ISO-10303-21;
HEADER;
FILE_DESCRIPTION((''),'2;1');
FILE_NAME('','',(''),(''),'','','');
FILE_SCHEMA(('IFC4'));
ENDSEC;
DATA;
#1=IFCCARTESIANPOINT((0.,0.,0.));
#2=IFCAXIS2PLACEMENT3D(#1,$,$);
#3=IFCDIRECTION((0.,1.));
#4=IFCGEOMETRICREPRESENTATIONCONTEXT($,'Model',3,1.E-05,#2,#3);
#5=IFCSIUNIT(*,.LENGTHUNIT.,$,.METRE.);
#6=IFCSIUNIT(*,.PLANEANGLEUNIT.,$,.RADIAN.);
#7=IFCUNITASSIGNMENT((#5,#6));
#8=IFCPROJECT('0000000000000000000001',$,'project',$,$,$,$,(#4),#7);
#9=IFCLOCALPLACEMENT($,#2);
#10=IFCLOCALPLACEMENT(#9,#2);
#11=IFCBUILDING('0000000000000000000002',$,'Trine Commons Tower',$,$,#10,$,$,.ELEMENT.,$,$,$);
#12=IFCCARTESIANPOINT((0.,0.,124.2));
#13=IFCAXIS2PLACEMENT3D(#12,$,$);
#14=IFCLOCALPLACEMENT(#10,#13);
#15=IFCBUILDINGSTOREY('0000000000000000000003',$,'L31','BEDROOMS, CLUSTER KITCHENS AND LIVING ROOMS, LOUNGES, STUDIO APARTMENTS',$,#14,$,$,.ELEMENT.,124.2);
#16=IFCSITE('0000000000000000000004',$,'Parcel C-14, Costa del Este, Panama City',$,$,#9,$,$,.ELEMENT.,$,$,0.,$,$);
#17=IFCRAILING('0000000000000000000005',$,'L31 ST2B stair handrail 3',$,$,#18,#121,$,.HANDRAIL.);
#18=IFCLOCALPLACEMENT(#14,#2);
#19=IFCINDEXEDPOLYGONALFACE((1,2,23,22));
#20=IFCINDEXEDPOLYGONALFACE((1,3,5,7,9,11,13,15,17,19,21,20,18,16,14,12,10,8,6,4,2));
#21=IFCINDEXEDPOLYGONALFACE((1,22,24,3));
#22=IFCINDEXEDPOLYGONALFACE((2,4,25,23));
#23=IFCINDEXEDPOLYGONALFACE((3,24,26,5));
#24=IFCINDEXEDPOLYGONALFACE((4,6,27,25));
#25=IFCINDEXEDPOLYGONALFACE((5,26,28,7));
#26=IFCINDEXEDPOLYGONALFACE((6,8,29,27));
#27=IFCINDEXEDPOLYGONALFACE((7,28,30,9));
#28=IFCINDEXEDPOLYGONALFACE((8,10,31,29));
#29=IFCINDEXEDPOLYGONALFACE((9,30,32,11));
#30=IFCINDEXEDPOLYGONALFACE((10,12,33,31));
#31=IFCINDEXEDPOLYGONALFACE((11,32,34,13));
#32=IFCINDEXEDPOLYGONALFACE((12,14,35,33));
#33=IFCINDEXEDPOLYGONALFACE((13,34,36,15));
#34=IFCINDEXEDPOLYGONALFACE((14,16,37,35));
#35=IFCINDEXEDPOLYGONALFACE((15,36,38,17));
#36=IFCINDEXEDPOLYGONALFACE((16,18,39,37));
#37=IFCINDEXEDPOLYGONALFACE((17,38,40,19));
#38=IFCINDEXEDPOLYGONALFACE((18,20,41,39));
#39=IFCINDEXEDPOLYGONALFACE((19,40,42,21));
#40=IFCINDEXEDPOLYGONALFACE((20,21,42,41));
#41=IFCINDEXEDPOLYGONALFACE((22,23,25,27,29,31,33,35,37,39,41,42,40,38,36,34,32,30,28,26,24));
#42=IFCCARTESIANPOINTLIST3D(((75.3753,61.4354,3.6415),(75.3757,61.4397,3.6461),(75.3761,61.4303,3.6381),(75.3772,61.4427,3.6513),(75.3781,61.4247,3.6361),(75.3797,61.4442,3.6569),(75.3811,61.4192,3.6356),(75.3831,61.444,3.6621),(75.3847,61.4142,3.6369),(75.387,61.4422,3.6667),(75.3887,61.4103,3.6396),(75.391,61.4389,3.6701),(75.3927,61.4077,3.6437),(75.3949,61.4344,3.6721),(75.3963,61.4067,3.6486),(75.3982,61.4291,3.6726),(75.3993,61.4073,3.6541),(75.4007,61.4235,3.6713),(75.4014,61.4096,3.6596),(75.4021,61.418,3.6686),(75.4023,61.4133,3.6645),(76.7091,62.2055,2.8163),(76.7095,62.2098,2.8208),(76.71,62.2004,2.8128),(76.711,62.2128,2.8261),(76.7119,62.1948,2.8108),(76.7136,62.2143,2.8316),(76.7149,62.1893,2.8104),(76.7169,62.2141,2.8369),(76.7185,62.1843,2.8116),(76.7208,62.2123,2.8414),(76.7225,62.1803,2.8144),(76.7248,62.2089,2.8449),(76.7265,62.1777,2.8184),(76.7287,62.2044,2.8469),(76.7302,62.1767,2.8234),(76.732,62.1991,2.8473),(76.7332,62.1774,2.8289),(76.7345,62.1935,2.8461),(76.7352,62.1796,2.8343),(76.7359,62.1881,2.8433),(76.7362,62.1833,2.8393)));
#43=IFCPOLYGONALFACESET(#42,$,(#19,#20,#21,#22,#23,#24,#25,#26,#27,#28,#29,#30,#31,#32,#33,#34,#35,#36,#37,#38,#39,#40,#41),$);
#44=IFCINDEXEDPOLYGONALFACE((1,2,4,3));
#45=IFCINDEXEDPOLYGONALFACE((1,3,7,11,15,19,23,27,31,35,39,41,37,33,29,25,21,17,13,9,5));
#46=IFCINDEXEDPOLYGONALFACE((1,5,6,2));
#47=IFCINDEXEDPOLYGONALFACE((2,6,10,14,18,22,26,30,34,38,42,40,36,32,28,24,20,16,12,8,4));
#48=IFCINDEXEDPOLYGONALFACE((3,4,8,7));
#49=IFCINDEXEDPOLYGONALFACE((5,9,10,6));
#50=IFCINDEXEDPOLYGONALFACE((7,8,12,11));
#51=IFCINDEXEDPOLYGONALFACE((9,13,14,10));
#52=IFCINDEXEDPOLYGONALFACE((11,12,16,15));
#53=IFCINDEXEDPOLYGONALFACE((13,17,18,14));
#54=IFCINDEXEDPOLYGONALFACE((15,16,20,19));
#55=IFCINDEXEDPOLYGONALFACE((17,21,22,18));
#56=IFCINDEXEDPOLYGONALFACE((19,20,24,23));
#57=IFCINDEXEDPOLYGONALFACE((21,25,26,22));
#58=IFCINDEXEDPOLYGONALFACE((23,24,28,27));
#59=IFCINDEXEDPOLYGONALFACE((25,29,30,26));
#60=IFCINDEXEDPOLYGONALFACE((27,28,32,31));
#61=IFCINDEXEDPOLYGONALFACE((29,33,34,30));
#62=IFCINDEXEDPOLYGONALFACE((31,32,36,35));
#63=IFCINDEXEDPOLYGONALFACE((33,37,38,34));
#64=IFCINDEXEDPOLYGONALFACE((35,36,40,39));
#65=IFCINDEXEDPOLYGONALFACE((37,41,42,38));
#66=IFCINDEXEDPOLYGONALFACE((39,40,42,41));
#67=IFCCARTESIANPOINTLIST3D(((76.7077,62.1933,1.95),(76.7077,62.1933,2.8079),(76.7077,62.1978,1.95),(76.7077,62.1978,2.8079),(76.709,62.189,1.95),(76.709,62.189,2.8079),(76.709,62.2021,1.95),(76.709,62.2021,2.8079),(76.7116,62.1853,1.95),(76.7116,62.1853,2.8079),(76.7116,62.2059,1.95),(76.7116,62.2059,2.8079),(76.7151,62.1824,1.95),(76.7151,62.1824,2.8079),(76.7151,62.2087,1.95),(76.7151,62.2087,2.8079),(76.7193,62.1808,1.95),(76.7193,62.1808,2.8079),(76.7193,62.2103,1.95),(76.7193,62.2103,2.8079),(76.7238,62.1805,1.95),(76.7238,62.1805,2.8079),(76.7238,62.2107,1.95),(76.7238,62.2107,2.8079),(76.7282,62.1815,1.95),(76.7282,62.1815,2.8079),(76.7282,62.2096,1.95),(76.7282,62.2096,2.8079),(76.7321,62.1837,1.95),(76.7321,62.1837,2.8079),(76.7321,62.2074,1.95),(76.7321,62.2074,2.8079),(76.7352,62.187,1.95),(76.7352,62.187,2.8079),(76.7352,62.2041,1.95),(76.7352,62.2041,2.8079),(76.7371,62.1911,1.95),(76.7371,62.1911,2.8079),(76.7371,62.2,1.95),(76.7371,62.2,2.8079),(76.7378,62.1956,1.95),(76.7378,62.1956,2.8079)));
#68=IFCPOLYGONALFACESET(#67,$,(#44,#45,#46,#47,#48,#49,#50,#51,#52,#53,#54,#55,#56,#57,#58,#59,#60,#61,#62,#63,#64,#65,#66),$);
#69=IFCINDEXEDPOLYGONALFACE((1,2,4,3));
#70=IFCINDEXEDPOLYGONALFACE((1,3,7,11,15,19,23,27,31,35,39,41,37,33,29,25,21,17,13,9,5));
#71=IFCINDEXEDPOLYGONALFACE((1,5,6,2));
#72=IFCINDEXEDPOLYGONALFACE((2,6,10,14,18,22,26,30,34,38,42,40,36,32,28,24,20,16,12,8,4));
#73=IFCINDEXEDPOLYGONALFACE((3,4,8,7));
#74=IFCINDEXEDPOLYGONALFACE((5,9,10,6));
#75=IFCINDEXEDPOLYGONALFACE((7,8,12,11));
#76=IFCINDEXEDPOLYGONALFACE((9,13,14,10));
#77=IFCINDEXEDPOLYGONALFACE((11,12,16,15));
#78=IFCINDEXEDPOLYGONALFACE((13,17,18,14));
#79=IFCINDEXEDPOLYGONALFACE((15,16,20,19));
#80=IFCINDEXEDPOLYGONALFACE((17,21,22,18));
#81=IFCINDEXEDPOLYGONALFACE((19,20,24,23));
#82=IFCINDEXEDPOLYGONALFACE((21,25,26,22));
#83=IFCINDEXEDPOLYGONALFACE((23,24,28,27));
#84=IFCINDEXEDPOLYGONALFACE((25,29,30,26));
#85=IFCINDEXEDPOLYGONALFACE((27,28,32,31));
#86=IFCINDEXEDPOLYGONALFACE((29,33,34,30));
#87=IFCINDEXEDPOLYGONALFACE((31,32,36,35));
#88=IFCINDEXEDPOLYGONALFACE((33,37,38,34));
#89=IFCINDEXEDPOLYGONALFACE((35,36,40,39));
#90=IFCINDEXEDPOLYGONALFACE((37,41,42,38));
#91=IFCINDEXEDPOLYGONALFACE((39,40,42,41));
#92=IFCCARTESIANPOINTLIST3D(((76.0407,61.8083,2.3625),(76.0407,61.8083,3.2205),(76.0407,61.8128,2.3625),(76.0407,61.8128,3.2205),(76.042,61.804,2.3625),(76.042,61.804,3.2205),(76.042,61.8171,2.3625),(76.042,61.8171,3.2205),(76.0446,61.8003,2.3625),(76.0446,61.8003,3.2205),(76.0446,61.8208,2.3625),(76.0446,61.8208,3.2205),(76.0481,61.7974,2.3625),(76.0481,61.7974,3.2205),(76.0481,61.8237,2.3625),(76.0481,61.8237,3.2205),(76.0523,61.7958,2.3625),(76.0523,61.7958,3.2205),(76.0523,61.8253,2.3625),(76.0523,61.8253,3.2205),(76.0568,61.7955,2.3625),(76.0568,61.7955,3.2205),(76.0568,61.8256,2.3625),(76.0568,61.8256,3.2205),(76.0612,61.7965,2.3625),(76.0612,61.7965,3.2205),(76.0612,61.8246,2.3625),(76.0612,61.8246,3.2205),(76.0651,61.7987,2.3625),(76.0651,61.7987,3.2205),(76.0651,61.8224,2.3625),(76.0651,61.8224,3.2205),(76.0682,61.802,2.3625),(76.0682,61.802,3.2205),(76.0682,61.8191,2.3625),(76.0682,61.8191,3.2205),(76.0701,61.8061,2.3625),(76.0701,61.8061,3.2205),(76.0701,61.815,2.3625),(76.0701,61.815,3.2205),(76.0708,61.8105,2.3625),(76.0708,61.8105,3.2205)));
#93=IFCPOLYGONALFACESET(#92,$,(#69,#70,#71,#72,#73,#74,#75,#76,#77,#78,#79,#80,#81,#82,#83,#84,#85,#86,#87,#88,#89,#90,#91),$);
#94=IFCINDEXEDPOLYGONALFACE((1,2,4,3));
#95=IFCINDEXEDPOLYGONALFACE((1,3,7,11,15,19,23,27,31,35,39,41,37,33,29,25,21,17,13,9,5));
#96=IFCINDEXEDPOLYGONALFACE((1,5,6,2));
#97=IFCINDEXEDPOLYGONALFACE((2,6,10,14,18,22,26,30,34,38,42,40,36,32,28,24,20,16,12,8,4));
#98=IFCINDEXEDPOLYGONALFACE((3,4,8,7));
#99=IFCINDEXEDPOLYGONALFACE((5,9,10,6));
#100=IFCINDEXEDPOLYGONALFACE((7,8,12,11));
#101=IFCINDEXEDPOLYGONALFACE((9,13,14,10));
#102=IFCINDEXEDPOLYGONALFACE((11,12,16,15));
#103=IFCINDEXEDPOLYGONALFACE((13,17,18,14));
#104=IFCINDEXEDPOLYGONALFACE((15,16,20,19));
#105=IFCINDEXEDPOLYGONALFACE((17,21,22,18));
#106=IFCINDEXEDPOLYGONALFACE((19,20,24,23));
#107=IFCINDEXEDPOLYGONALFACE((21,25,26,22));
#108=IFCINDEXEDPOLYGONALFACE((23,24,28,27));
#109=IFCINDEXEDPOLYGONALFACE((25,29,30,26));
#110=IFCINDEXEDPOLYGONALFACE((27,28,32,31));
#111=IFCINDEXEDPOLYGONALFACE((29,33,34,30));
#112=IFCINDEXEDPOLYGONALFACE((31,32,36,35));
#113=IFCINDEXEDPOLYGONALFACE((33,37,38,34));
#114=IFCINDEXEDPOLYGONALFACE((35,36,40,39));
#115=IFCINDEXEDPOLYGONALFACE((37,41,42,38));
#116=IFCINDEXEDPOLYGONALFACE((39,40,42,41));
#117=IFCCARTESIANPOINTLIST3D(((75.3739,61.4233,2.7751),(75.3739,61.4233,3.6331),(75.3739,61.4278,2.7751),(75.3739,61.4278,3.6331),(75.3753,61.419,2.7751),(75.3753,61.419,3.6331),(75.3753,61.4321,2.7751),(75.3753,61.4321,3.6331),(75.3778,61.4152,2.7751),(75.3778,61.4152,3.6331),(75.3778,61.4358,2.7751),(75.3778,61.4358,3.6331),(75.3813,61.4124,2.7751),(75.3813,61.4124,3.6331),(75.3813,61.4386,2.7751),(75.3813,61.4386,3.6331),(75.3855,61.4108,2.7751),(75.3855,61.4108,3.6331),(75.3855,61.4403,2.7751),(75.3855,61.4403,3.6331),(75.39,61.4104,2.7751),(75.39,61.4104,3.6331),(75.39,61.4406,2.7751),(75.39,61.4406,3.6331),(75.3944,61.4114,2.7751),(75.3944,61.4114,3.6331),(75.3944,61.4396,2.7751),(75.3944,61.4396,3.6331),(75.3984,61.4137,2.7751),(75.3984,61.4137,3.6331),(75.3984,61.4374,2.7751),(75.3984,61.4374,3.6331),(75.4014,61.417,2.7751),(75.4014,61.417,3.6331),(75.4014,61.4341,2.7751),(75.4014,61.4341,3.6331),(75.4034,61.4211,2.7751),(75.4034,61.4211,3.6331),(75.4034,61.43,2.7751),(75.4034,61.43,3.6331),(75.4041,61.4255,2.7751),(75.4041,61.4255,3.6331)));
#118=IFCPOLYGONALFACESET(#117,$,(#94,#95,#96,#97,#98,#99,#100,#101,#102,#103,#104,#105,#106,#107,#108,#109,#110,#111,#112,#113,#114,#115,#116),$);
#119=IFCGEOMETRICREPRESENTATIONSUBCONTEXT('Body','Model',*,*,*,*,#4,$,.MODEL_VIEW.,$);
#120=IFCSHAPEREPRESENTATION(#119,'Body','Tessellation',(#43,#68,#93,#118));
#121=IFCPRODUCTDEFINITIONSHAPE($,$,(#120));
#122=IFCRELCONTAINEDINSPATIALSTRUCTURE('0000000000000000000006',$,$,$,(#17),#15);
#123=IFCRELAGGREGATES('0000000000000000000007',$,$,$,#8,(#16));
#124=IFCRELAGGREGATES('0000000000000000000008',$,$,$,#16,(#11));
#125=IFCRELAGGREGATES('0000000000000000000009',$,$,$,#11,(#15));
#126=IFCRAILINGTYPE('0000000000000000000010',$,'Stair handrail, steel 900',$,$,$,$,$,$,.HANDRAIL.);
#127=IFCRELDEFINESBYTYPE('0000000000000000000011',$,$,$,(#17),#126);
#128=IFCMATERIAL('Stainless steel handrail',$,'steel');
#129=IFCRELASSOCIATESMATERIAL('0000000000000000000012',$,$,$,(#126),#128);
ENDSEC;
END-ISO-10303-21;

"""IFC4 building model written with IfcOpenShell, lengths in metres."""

from ifc_helpers import new_model, si_unit, direction, frame, origin, origin_2d, place, context, subcontext, project, spatial, circle, extrude, material, type_object, element, save


model = new_model("IFC4")

# Units and contexts
model_context = context("Model", 3, precision=1e-05, world=origin(), true_north=direction((0.0, 1.0)))
body_context = subcontext(model_context, "Body", "Model", "MODEL_VIEW")
ifc_project = project(units=[si_unit("LENGTHUNIT", "METRE"), si_unit("PLANEANGLEUNIT", "RADIAN")], contexts=[model_context])

# Site, building, storey
site_placement = place(None, origin())
site = spatial("IfcSite", under=ifc_project, at=site_placement, Name="Parcel C-14, Costa del Este, Panama City", CompositionType="ELEMENT", RefElevation=0.0)
building_placement = place(site_placement, origin())
building = spatial("IfcBuilding", under=site, at=building_placement, Name="Trine Commons Tower", CompositionType="ELEMENT")
storey_placement = place(building_placement, frame((0.0, 0.0, 124.2)))
storey = spatial("IfcBuildingStorey", under=building, at=storey_placement, Name="L31", Description="BEDROOMS, CLUSTER KITCHENS AND LIVING ROOMS, LOUNGES, STUDIO APARTMENTS", CompositionType="ELEMENT", Elevation=124.2)

# Railing
ifc_material_1 = material(Name="Stainless steel handrail", Category="steel")
railing_type_1 = type_object("IfcRailingType", Name="Stair handrail, steel 900", PredefinedType="HANDRAIL", material=ifc_material_1)
railing_1_placement = place(storey_placement, frame((76.7227, 62.1956, 1.95)))
element("IfcRailing", 1, at=railing_1_placement, inside=storey, type_object=railing_type_1, Name="L31 ST2B stair handrail 3", PredefinedType="HANDRAIL", context=body_context, shape_type="SweptSolid", body=[
    extrude(circle(Radius=0.021, at=origin_2d()), frame((0.0, 0.0, 0.8789), z_axis=(-0.763355, -0.440714, 0.472293), x_axis=(0.499992, -0.86603, 0.0)), (0.0, 0.0, 1.0), 1.7473),
    extrude(circle(Radius=0.0151, at=origin_2d()), origin(), (0.0, 0.0, 1.0), 0.8579),
    extrude(circle(Radius=0.0151, at=origin_2d()), frame((-0.667, -0.385, 0.4126)), (0.0, 0.0, 1.0), 0.8579),
    extrude(circle(Radius=0.0151, at=origin_2d()), frame((-1.3337, -0.77, 0.8252)), (0.0, 0.0, 1.0), 0.8579),
])

save(model, "model.ifc")
